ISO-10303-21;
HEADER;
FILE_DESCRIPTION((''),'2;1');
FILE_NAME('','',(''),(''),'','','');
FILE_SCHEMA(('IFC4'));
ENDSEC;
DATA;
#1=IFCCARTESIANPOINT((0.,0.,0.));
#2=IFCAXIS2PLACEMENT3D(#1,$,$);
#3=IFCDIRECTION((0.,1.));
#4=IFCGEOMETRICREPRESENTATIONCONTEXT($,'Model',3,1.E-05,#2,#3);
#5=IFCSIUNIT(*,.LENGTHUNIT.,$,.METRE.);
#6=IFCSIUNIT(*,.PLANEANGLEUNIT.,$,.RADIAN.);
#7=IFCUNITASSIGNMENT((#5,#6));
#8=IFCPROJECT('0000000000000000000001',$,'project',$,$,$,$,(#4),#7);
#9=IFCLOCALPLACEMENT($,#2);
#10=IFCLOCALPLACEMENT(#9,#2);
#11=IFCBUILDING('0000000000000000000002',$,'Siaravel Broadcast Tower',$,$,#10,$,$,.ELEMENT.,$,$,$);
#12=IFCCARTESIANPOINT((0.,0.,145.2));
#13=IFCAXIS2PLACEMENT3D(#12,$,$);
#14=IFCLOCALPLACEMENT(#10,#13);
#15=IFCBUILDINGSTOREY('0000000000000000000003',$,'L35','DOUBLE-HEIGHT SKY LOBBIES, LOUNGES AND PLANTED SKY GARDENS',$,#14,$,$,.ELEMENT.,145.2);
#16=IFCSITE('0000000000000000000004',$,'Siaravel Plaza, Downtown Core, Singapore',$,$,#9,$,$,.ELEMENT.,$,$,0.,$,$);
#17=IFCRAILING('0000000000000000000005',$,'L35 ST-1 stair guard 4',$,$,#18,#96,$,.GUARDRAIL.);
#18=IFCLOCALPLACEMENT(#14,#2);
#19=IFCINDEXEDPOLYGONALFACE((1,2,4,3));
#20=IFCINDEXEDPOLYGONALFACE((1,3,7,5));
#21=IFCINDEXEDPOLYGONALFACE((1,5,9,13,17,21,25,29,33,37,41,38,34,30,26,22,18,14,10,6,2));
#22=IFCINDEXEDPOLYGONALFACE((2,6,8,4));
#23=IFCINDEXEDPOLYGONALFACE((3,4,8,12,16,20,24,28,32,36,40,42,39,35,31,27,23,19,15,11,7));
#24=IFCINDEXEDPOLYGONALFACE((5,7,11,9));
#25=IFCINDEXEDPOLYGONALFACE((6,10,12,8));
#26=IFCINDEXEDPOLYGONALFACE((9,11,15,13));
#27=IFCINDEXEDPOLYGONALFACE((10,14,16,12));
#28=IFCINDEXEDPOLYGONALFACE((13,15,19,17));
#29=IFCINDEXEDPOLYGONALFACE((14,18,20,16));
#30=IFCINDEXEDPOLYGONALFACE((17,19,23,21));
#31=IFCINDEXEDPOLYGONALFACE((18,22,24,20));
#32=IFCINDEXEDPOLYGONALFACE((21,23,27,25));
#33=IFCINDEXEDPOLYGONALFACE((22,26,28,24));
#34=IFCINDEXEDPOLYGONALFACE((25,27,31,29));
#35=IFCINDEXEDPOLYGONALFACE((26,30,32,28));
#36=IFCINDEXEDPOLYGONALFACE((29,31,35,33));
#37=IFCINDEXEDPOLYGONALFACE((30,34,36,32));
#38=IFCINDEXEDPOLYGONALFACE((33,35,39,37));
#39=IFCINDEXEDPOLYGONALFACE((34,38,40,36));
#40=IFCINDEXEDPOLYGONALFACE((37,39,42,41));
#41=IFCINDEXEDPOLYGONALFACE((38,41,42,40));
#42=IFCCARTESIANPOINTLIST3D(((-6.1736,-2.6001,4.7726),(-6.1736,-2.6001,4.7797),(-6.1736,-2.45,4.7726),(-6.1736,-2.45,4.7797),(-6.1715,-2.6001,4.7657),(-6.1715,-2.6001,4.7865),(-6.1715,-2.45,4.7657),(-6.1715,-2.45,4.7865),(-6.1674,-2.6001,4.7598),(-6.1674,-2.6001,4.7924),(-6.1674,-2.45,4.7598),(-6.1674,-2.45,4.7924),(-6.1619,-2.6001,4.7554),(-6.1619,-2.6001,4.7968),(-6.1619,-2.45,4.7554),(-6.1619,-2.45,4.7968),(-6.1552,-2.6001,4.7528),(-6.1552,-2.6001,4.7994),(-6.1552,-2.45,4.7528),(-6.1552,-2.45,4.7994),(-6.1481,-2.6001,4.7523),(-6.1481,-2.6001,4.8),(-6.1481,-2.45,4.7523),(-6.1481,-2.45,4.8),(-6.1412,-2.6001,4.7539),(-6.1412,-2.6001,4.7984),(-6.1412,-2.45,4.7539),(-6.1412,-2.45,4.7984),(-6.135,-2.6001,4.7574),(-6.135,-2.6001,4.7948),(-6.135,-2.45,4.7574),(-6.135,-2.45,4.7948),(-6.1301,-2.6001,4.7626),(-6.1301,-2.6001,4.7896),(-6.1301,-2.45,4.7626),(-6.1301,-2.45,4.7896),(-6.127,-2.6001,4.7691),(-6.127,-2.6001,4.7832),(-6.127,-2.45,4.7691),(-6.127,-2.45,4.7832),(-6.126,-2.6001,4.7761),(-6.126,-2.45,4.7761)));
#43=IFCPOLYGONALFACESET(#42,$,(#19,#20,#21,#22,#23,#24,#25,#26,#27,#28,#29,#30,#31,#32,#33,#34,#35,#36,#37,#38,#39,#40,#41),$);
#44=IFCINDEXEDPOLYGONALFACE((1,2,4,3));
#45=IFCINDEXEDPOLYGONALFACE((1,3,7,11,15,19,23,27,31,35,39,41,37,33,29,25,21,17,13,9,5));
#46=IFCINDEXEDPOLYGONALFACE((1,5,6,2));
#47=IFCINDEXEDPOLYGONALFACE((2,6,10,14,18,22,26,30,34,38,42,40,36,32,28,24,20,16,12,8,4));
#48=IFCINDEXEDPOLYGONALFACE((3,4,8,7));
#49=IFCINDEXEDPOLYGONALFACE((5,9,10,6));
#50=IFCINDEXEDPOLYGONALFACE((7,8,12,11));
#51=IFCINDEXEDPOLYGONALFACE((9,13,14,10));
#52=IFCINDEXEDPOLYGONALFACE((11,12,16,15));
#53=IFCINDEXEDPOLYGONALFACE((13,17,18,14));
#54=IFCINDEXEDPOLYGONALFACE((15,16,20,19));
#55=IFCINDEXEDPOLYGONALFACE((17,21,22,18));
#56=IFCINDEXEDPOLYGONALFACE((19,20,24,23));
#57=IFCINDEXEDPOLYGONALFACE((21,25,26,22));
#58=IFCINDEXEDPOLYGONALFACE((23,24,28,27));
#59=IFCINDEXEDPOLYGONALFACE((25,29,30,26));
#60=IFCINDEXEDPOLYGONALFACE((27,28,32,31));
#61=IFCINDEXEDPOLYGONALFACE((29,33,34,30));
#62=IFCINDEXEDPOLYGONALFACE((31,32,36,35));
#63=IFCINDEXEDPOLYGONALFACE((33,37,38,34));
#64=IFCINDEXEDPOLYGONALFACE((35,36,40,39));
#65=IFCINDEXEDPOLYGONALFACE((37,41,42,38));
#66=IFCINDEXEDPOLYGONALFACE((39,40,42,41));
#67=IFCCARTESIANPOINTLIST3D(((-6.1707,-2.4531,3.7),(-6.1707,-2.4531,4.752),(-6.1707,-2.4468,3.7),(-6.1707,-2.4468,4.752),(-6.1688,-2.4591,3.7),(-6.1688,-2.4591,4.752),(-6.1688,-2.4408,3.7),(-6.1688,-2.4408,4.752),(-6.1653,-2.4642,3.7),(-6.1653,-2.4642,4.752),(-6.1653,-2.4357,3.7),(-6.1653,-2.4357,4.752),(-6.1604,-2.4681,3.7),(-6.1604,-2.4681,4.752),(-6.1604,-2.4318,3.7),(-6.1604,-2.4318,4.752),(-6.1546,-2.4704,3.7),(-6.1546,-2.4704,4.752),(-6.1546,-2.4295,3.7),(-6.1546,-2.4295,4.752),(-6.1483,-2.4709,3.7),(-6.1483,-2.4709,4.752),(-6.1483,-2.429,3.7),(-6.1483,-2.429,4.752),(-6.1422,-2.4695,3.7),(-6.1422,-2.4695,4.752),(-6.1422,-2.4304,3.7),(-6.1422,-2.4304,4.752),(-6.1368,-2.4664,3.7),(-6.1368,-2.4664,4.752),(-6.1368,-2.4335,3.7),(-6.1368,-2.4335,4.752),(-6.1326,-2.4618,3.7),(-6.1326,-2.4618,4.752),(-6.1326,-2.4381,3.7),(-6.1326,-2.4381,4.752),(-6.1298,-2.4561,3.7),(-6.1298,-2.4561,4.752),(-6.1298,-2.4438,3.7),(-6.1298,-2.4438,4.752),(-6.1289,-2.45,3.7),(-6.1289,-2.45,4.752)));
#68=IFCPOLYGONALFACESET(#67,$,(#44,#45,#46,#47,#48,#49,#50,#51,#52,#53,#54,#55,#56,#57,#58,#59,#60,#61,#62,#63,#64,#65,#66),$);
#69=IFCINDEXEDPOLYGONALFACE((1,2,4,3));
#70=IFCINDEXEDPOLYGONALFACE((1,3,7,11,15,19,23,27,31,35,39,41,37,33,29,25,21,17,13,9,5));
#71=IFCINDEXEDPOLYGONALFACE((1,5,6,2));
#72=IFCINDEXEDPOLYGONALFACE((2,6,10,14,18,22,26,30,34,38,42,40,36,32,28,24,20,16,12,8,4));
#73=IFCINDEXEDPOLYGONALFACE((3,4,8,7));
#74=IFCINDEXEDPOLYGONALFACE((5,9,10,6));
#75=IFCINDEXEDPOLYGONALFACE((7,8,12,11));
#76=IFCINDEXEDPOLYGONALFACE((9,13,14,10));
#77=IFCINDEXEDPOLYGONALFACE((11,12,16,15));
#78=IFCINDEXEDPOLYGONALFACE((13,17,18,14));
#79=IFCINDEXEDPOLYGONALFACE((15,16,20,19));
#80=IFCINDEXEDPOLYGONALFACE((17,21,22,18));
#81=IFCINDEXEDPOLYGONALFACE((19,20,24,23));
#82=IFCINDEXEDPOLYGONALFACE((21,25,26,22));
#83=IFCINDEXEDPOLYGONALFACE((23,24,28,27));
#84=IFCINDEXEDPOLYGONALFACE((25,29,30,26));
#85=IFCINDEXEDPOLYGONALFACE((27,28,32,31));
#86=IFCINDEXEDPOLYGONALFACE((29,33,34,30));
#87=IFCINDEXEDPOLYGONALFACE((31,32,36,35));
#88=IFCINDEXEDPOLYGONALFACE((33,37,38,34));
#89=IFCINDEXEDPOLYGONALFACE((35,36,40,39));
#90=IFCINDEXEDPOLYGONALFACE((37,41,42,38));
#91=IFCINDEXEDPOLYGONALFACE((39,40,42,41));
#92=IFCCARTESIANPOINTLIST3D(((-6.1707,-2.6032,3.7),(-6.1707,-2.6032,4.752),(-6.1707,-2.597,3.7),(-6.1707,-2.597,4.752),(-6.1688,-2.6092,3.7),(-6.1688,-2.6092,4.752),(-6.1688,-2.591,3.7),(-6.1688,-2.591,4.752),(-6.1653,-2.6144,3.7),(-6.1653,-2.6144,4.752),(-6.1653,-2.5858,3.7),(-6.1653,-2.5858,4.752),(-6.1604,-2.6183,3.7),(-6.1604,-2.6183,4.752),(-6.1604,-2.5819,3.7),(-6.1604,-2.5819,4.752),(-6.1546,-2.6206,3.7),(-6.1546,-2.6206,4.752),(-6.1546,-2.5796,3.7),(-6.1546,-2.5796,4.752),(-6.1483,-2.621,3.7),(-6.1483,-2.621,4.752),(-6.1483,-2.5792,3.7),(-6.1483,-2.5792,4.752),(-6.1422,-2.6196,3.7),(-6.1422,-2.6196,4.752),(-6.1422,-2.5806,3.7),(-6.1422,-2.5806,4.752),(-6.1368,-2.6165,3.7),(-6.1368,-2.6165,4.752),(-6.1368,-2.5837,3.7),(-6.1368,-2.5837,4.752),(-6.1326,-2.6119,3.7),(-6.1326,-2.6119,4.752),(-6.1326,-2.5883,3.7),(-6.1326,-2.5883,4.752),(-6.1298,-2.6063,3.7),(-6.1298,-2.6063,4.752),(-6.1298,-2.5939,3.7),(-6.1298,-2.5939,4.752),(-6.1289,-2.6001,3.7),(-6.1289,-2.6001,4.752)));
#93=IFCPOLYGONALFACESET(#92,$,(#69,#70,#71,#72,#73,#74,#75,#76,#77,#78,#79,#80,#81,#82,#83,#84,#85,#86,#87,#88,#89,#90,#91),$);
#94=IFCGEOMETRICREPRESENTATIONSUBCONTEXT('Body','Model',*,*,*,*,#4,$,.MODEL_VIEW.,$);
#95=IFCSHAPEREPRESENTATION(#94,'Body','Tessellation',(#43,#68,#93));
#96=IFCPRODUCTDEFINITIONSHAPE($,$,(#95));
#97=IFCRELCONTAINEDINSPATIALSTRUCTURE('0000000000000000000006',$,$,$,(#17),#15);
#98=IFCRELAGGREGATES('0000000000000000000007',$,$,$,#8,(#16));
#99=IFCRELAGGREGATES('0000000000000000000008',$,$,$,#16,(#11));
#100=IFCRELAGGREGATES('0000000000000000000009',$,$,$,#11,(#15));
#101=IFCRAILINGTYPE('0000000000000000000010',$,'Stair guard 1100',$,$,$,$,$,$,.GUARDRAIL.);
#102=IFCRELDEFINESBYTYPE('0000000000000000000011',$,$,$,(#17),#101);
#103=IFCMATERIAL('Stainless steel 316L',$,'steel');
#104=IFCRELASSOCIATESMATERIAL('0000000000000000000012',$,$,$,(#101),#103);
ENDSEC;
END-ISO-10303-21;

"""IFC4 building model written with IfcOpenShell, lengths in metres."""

from ifc_helpers import new_model, si_unit, direction, frame, origin, origin_2d, place, context, subcontext, project, spatial, circle, extrude, material, type_object, element, save


model = new_model("IFC4")

# Units and contexts
model_context = context("Model", 3, precision=1e-05, world=origin(), true_north=direction((0.0, 1.0)))
body_context = subcontext(model_context, "Body", "Model", "MODEL_VIEW")
ifc_project = project(units=[si_unit("LENGTHUNIT", "METRE"), si_unit("PLANEANGLEUNIT", "RADIAN")], contexts=[model_context])

# Site, building, storey
site_placement = place(None, origin())
site = spatial("IfcSite", under=ifc_project, at=site_placement, Name="Siaravel Plaza, Downtown Core, Singapore", CompositionType="ELEMENT", RefElevation=0.0)
building_placement = place(site_placement, origin())
building = spatial("IfcBuilding", under=site, at=building_placement, Name="Siaravel Broadcast Tower", CompositionType="ELEMENT")
storey_placement = place(building_placement, frame((0.0, 0.0, 145.2)))
storey = spatial("IfcBuildingStorey", under=building, at=storey_placement, Name="L35", Description="DOUBLE-HEIGHT SKY LOBBIES, LOUNGES AND PLANTED SKY GARDENS", CompositionType="ELEMENT", Elevation=145.2)

# Railing
ifc_material_1 = material(Name="Stainless steel 316L", Category="steel")
railing_type_1 = type_object("IfcRailingType", Name="Stair guard 1100", PredefinedType="GUARDRAIL", material=ifc_material_1)
railing_1_placement = place(storey_placement, frame((-6.1499, -2.45, 3.7)))
element("IfcRailing", 1, at=railing_1_placement, inside=storey, type_object=railing_type_1, Name="L35 ST-1 stair guard 4", PredefinedType="GUARDRAIL", context=body_context, shape_type="SweptSolid", body=[
    extrude(circle(Radius=0.0239, at=origin_2d()), frame((0.0, 0.0, 1.0762), z_axis=(0.0, -1.0, 0.0), x_axis=(1.0, 0.0, 0.0)), (0.0, 0.0, 1.0), 0.1501),
    extrude(circle(Radius=0.021, at=origin_2d()), origin(), (0.0, 0.0, 1.0), 1.052),
    extrude(circle(Radius=0.021, at=origin_2d()), frame((0.0, -0.1501, 0.0)), (0.0, 0.0, 1.0), 1.052),
])

save(model, "model.ifc")
